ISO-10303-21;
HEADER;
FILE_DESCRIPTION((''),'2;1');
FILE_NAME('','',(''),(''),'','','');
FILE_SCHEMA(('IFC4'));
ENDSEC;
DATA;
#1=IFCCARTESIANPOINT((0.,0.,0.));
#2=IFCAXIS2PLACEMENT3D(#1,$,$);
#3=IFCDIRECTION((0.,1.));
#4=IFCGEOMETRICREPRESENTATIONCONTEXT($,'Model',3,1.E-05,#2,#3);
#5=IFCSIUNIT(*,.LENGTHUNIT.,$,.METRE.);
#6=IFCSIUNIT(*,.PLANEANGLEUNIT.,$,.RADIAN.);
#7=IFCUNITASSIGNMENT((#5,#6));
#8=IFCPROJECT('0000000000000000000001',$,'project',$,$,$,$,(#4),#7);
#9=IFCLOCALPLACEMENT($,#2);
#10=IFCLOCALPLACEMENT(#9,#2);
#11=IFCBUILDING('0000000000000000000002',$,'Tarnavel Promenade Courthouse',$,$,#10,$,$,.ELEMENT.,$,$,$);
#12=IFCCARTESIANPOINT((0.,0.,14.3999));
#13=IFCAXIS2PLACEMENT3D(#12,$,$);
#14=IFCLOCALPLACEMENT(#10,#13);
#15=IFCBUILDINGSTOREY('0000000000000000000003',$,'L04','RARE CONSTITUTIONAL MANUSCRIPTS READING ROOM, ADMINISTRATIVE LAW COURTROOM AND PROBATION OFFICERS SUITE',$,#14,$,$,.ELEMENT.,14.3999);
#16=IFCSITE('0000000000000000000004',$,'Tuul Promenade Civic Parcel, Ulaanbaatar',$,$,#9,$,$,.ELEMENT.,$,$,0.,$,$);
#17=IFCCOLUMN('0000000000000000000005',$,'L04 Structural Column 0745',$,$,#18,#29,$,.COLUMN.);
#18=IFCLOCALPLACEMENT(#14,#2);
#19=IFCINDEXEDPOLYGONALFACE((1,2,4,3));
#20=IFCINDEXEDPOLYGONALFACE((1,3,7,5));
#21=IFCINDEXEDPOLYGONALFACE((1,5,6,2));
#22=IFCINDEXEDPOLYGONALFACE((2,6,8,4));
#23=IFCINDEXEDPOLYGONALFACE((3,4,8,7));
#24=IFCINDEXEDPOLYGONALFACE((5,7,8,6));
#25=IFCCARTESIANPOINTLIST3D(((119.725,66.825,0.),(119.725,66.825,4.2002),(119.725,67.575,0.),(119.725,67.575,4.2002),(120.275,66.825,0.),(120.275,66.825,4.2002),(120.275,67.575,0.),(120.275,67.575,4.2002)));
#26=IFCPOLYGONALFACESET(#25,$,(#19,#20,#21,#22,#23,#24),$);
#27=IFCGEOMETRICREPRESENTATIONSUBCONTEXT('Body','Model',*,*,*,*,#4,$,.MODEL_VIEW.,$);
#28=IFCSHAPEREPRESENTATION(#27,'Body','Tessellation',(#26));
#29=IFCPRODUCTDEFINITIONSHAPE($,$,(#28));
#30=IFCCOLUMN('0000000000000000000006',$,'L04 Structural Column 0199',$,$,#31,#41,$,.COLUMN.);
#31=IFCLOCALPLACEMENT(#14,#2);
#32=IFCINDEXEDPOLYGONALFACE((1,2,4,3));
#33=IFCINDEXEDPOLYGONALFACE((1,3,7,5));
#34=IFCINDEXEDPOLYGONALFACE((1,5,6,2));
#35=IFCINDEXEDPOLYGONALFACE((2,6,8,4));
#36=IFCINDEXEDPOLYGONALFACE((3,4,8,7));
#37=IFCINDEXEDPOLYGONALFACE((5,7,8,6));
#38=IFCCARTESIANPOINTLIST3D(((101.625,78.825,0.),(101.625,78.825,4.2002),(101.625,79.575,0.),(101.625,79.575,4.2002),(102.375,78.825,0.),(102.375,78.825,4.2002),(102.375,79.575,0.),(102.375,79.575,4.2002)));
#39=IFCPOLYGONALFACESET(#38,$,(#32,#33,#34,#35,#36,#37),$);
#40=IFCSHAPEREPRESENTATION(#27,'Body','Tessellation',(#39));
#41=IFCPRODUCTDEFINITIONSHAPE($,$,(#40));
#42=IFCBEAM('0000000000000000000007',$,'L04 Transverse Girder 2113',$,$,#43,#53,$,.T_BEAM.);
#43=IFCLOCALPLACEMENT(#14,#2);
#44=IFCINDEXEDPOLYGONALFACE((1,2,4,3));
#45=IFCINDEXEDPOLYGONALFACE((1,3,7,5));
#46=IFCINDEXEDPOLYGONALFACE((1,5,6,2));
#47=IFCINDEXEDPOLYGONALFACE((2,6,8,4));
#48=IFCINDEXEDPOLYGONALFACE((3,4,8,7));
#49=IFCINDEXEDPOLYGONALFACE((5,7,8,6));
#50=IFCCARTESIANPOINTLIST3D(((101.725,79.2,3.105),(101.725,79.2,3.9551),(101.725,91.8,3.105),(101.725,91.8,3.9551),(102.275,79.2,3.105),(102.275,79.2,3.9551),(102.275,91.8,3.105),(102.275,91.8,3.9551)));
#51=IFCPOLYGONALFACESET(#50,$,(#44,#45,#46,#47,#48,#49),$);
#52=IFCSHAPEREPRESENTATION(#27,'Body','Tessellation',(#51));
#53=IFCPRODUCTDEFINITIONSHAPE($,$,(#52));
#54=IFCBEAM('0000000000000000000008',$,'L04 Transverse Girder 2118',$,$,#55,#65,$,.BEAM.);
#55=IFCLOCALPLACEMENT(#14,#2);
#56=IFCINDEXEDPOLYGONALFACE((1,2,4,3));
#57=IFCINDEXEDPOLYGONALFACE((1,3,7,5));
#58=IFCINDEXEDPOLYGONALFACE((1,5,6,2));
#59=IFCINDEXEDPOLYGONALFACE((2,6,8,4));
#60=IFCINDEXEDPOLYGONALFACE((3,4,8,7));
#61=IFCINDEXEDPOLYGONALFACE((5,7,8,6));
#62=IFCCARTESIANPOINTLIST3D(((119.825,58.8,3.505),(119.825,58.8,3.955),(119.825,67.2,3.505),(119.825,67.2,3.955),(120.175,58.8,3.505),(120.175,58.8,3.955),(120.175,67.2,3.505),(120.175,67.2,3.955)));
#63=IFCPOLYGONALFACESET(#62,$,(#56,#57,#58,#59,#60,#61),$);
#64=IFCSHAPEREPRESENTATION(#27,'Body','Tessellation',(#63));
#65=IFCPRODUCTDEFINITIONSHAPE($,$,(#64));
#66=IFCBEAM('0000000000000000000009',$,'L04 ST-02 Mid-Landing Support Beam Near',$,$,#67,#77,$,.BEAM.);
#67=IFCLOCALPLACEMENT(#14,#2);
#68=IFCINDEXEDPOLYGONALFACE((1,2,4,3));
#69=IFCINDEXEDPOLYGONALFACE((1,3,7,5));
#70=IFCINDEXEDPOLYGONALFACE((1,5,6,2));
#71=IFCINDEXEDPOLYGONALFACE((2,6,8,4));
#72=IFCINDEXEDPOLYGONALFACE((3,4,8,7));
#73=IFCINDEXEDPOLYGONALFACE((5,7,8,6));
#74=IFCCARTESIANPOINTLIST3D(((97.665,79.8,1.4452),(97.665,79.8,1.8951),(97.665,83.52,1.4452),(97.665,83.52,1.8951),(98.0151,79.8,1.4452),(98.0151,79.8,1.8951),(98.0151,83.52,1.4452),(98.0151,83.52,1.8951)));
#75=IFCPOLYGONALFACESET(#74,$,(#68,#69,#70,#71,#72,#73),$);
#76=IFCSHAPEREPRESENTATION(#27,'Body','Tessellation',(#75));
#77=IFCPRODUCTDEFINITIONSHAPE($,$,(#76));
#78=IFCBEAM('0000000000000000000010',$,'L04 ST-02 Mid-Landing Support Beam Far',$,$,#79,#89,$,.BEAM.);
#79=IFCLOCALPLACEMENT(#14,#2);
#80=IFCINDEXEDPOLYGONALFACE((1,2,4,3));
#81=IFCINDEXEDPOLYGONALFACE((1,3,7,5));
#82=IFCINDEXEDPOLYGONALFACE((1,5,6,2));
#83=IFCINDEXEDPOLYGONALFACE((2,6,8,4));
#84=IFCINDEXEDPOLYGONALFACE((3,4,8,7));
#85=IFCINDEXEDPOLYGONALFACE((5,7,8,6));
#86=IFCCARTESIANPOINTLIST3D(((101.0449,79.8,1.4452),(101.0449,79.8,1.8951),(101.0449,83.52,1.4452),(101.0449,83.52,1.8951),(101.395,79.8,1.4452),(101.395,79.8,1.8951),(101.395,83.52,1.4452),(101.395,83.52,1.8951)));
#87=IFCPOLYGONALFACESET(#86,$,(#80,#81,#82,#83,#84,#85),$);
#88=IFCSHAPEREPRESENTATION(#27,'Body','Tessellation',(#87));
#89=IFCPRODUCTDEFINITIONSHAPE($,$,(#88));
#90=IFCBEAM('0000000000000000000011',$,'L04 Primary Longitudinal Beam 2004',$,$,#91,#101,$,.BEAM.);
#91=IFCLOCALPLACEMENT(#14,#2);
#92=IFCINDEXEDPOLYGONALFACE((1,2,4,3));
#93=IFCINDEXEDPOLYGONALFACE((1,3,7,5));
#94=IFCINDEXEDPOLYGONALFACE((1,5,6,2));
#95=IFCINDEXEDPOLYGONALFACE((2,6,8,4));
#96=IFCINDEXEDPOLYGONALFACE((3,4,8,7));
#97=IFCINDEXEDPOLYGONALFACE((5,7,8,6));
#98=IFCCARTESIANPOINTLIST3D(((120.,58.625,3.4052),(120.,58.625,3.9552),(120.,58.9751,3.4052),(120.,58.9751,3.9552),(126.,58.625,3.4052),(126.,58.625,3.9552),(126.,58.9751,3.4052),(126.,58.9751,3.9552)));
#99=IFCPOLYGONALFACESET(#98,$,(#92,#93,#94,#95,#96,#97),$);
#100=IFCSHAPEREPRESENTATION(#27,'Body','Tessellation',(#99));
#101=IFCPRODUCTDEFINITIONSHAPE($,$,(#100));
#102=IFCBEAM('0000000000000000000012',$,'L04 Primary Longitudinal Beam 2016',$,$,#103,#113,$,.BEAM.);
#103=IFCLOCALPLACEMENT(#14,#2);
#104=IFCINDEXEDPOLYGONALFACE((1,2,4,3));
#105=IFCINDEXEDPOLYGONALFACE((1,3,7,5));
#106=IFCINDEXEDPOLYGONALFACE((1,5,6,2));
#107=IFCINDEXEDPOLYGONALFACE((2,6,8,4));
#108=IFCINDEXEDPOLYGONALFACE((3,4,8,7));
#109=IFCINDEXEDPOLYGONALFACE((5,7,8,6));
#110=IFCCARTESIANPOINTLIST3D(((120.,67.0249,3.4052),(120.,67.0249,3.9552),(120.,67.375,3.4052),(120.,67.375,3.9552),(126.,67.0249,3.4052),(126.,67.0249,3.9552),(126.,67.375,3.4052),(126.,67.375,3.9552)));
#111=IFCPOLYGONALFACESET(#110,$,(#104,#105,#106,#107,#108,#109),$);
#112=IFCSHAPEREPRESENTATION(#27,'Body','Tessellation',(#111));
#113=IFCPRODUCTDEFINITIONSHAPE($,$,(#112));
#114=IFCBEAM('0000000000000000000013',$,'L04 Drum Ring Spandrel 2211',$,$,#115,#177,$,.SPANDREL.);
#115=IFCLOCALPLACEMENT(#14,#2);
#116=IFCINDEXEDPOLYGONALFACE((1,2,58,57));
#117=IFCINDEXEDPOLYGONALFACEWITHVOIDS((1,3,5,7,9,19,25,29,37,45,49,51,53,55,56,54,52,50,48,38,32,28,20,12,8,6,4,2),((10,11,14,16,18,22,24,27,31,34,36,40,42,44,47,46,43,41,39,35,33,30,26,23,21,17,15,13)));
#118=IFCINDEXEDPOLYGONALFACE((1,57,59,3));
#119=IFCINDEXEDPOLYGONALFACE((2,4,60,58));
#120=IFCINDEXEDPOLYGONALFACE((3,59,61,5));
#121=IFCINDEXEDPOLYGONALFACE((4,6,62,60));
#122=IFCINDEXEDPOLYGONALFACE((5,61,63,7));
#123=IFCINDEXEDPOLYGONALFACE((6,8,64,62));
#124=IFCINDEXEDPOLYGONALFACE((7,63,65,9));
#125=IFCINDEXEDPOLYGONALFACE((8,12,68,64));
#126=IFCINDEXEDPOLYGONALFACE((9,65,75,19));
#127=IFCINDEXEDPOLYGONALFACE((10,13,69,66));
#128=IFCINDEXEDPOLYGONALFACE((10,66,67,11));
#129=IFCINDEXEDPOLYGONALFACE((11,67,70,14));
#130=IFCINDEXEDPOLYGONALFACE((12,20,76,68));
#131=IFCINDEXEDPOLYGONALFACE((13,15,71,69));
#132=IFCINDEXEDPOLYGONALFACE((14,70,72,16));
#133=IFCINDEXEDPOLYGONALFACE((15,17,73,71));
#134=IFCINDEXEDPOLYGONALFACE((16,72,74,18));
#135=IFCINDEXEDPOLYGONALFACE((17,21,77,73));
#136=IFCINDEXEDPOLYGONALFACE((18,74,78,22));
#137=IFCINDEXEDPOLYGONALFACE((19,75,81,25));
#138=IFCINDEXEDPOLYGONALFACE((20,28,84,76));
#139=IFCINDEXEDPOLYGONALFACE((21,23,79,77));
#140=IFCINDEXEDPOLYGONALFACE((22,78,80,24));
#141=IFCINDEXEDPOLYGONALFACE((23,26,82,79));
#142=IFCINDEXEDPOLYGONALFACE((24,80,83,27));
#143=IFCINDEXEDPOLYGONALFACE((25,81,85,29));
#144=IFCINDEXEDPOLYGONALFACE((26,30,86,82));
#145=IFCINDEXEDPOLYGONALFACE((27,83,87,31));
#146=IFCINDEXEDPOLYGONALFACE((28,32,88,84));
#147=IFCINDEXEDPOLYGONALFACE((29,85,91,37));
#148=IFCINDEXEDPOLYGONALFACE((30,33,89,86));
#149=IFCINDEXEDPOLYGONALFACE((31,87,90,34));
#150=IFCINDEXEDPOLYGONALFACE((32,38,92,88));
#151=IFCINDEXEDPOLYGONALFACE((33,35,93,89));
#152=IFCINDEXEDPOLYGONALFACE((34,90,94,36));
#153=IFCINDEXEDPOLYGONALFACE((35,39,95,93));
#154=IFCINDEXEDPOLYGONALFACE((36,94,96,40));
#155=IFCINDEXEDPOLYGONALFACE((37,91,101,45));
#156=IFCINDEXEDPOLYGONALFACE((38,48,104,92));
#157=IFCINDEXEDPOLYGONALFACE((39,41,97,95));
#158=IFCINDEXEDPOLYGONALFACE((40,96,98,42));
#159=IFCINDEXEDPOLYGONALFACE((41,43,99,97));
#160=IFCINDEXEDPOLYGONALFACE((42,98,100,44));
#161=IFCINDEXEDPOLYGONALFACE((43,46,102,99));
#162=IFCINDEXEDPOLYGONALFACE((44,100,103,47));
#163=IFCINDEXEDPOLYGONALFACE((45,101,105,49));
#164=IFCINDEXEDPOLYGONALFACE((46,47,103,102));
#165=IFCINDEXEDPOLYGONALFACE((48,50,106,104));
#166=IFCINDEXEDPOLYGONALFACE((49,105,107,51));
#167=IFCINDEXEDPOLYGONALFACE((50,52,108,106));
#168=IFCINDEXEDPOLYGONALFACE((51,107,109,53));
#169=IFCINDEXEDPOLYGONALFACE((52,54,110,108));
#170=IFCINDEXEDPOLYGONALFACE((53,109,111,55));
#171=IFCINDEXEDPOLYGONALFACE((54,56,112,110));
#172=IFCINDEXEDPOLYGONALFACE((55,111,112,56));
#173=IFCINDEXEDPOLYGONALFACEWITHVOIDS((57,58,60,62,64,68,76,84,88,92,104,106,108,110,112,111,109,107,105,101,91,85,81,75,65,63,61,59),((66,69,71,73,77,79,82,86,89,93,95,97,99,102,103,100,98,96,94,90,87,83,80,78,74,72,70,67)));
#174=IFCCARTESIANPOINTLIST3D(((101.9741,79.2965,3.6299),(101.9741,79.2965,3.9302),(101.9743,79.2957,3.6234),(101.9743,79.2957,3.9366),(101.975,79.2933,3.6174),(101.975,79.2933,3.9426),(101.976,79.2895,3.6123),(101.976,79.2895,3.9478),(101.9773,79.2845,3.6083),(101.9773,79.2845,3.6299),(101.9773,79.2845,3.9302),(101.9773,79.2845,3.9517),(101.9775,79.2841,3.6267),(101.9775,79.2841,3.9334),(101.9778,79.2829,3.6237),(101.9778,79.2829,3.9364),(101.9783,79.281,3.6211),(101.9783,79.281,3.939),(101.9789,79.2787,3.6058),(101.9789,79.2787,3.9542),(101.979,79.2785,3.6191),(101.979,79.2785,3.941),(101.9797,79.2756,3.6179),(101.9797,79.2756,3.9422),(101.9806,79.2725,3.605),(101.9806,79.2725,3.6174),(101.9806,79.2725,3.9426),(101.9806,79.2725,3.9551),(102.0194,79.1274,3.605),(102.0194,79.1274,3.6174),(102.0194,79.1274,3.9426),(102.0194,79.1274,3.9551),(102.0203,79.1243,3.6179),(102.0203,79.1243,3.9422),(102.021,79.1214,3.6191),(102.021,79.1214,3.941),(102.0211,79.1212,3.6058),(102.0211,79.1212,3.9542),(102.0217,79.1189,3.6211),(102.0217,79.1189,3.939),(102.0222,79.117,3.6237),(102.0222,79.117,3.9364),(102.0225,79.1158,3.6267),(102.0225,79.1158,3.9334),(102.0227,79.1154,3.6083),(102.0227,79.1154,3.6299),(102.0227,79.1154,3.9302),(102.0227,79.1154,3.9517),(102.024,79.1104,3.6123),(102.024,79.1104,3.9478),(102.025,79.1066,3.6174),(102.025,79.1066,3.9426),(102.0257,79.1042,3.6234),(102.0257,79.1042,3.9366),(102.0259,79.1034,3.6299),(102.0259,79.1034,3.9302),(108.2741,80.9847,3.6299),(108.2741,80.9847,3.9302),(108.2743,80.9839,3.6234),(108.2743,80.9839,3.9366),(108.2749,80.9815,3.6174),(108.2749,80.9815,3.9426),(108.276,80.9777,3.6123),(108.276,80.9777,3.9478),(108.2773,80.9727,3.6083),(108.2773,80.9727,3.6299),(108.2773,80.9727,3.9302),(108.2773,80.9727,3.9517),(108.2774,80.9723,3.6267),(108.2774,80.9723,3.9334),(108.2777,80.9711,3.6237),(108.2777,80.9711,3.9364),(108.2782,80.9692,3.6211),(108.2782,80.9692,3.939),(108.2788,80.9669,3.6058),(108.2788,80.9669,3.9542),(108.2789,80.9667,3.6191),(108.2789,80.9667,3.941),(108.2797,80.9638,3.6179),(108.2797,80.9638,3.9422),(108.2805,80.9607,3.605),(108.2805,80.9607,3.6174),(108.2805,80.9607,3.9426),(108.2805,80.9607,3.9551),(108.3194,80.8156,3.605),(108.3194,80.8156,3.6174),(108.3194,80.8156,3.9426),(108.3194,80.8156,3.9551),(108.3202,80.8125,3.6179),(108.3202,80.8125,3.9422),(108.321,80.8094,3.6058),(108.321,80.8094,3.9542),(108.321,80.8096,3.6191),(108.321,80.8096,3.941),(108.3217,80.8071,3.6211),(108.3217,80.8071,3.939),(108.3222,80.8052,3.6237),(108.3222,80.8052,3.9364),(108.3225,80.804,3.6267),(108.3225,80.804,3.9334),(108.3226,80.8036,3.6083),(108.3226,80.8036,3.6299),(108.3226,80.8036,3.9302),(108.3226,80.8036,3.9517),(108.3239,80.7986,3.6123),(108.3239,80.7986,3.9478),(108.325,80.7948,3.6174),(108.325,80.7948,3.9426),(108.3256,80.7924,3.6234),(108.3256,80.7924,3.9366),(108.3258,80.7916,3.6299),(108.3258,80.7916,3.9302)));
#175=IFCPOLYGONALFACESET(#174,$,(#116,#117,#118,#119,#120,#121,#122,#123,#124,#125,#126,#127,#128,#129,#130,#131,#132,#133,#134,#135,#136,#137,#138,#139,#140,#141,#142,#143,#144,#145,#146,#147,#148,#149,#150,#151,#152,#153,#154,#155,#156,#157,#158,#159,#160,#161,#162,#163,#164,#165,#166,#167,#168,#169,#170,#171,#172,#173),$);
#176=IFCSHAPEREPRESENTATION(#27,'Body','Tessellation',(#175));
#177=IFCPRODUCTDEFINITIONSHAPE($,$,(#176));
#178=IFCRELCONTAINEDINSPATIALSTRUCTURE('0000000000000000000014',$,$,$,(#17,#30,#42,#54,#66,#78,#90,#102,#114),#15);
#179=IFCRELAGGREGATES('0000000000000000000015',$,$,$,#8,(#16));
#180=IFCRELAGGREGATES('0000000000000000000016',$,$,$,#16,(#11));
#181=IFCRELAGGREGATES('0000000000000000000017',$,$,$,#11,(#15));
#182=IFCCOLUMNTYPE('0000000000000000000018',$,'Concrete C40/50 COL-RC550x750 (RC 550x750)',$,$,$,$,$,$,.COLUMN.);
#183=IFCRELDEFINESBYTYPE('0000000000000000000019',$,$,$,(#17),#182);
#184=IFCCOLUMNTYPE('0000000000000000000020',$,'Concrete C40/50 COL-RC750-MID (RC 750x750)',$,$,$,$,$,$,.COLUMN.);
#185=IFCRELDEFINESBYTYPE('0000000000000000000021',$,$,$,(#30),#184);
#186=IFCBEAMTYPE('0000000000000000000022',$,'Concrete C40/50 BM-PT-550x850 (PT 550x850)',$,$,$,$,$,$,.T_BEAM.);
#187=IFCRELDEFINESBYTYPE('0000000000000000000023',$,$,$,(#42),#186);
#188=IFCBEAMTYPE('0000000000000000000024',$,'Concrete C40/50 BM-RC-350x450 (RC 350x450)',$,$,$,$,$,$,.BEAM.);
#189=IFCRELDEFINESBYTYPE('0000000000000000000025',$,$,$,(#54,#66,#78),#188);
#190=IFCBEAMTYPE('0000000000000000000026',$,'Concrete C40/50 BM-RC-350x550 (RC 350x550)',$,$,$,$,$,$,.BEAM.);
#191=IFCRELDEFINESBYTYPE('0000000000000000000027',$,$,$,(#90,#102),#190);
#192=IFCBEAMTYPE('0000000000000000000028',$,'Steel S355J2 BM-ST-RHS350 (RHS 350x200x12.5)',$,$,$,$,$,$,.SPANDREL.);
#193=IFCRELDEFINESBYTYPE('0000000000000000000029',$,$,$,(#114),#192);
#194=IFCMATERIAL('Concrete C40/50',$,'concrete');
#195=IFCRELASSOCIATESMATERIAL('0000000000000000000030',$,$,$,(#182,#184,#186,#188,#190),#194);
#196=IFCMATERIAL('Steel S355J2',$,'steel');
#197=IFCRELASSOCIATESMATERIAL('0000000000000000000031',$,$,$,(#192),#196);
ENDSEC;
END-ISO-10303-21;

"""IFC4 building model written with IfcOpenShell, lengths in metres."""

from ifc_helpers import new_model, si_unit, direction, frame, origin, origin_2d, place, context, subcontext, project, spatial, rectangle, hollow_rectangle, extrude, material, material_profile, profile_set, type_object, element, save


model = new_model("IFC4")

# Units and contexts
model_context = context("Model", 3, precision=1e-05, world=origin(), true_north=direction((0.0, 1.0)))
body_context = subcontext(model_context, "Body", "Model", "MODEL_VIEW")
ifc_project = project(units=[si_unit("LENGTHUNIT", "METRE"), si_unit("PLANEANGLEUNIT", "RADIAN")], contexts=[model_context])

# Site, building, storey
site_placement = place(None, origin())
site = spatial("IfcSite", under=ifc_project, at=site_placement, Name="Tuul Promenade Civic Parcel, Ulaanbaatar", CompositionType="ELEMENT", RefElevation=0.0)
building_placement = place(site_placement, origin())
building = spatial("IfcBuilding", under=site, at=building_placement, Name="Tarnavel Promenade Courthouse", CompositionType="ELEMENT")
storey_placement = place(building_placement, frame((0.0, 0.0, 14.3999)))
storey = spatial("IfcBuildingStorey", under=building, at=storey_placement, Name="L04", Description="RARE CONSTITUTIONAL MANUSCRIPTS READING ROOM, ADMINISTRATIVE LAW COURTROOM AND PROBATION OFFICERS SUITE", CompositionType="ELEMENT", Elevation=14.3999)

# Columns
ifc_material_1 = material(Name="Concrete C40/50", Category="concrete")
ifc_material_profile_1 = material_profile(ifc_material_1, rectangle(XDim=0.55, YDim=0.75, at=origin_2d()), Name="RC 550x750")
ifc_profile_set_1 = profile_set([ifc_material_profile_1], Name="Concrete C40/50")
column_type_1 = type_object("IfcColumnType", Name="Concrete C40/50 COL-RC550x750 (RC 550x750)", PredefinedType="COLUMN", material=ifc_profile_set_1)
column_1_placement = place(storey_placement, frame((120.0, 67.2, 0.0), z_axis=(0.0, 0.0, 1.0), x_axis=(1.0, 0.0, 0.0)))
element("IfcColumn", 1, at=column_1_placement, inside=storey, type_object=column_type_1, Name="L04 Structural Column 0745", PredefinedType="COLUMN", context=body_context, shape_type="SweptSolid", body=[
    extrude(rectangle(XDim=0.55, YDim=0.75, at=origin_2d()), origin(), (0.0, 0.0, 1.0), 4.2002),
])
ifc_material_profile_2 = material_profile(ifc_material_1, rectangle(XDim=0.75, YDim=0.75, at=origin_2d()), Name="RC 750x750")
ifc_profile_set_2 = profile_set([ifc_material_profile_2], Name="Concrete C40/50")
column_type_2 = type_object("IfcColumnType", Name="Concrete C40/50 COL-RC750-MID (RC 750x750)", PredefinedType="COLUMN", material=ifc_profile_set_2)
column_2_placement = place(storey_placement, frame((102.0, 79.2, 0.0), z_axis=(0.0, 0.0, 1.0), x_axis=(1.0, 0.0, 0.0)))
element("IfcColumn", 2, at=column_2_placement, inside=storey, type_object=column_type_2, Name="L04 Structural Column 0199", PredefinedType="COLUMN", context=body_context, shape_type="SweptSolid", body=[
    extrude(rectangle(XDim=0.75, YDim=0.75, at=origin_2d()), origin(), (0.0, 0.0, 1.0), 4.2002),
])

# Beams
ifc_material_profile_3 = material_profile(ifc_material_1, rectangle(XDim=0.55, YDim=0.8501, at=origin_2d()), Name="PT 550x850")
ifc_profile_set_3 = profile_set([ifc_material_profile_3], Name="Concrete C40/50")
beam_type_1 = type_object("IfcBeamType", Name="Concrete C40/50 BM-PT-550x850 (PT 550x850)", PredefinedType="T_BEAM", material=ifc_profile_set_3)
beam_1_placement = place(storey_placement, frame((102.0, 79.2, 3.53), z_axis=(0.0, 1.0, 0.0), x_axis=(-1.0, 0.0, 0.0)))
element("IfcBeam", 3, at=beam_1_placement, inside=storey, type_object=beam_type_1, Name="L04 Transverse Girder 2113", PredefinedType="T_BEAM", context=body_context, shape_type="SweptSolid", body=[
    extrude(rectangle(XDim=0.55, YDim=0.8501, at=origin_2d()), origin(), (0.0, 0.0, 1.0), 12.6001),
])
ifc_material_profile_4 = material_profile(ifc_material_1, rectangle(XDim=0.3501, YDim=0.45, at=origin_2d()), Name="RC 350x450")
ifc_profile_set_4 = profile_set([ifc_material_profile_4], Name="Concrete C40/50")
beam_type_2 = type_object("IfcBeamType", Name="Concrete C40/50 BM-RC-350x450 (RC 350x450)", PredefinedType="BEAM", material=ifc_profile_set_4)
beam_2_placement = place(storey_placement, frame((120.0, 58.8, 3.73), z_axis=(0.0, 1.0, 0.0), x_axis=(-1.0, 0.0, 0.0)))
element("IfcBeam", 4, at=beam_2_placement, inside=storey, type_object=beam_type_2, Name="L04 Transverse Girder 2118", PredefinedType="BEAM", context=body_context, shape_type="SweptSolid", body=[
    extrude(rectangle(XDim=0.3501, YDim=0.45, at=origin_2d()), origin(), (0.0, 0.0, 1.0), 8.3999),
])
for number, where, z_axis, x_axis, name in (
    (5, (97.8401, 79.8, 1.6702), (0.0, 1.0, 0.0), (-1.0, 0.0, 0.0), "L04 ST-02 Mid-Landing Support Beam Near"),
    (6, (101.22, 79.8, 1.6702), (0.0, 1.0, 0.0), (-1.0, 0.0, 0.0), "L04 ST-02 Mid-Landing Support Beam Far"),
):
    element("IfcBeam", number, at=place(storey_placement, frame(where, z_axis=z_axis, x_axis=x_axis)), inside=storey, type_object=beam_type_2, Name=name, PredefinedType="BEAM", context=body_context, shape_type="SweptSolid", body=[
        extrude(rectangle(XDim=0.3501, YDim=0.45, at=origin_2d()), origin(), (0.0, 0.0, 1.0), 3.72),
    ])
ifc_material_profile_5 = material_profile(ifc_material_1, rectangle(XDim=0.3501, YDim=0.55, at=origin_2d()), Name="RC 350x550")
ifc_profile_set_5 = profile_set([ifc_material_profile_5], Name="Concrete C40/50")
beam_type_3 = type_object("IfcBeamType", Name="Concrete C40/50 BM-RC-350x550 (RC 350x550)", PredefinedType="BEAM", material=ifc_profile_set_5)
for number, where, z_axis, x_axis, name in (
    (7, (120.0, 58.8, 3.6802), (1.0, 0.0, 0.0), (0.0, 1.0, 0.0), "L04 Primary Longitudinal Beam 2004"),
    (8, (120.0, 67.2, 3.6802), (1.0, 0.0, 0.0), (0.0, 1.0, 0.0), "L04 Primary Longitudinal Beam 2016"),
):
    element("IfcBeam", number, at=place(storey_placement, frame(where, z_axis=z_axis, x_axis=x_axis)), inside=storey, type_object=beam_type_3, Name=name, PredefinedType="BEAM", context=body_context, shape_type="SweptSolid", body=[
        extrude(rectangle(XDim=0.3501, YDim=0.55, at=origin_2d()), origin(), (0.0, 0.0, 1.0), 6.0),
    ])
ifc_material_2 = material(Name="Steel S355J2", Category="steel")
ifc_material_profile_6 = material_profile(ifc_material_2, hollow_rectangle(XDim=0.2, YDim=0.3501, WallThickness=0.0125, InnerFilletRadius=0.0125, OuterFilletRadius=0.0249, at=origin_2d()), Name="RHS 350x200x12.5")
ifc_profile_set_6 = profile_set([ifc_material_profile_6], Name="Steel S355J2")
beam_type_4 = type_object("IfcBeamType", Name="Steel S355J2 BM-ST-RHS350 (RHS 350x200x12.5)", PredefinedType="SPANDREL", material=ifc_profile_set_6)
beam_3_placement = place(storey_placement, frame((102.0, 79.2, 3.78), z_axis=(0.96592, 0.258839, 0.0), x_axis=(-0.258839, 0.96592, 0.0)))
element("IfcBeam", 9, at=beam_3_placement, inside=storey, type_object=beam_type_4, Name="L04 Drum Ring Spandrel 2211", PredefinedType="SPANDREL", context=body_context, shape_type="SweptSolid", body=[
    extrude(hollow_rectangle(XDim=0.2, YDim=0.3501, WallThickness=0.0125, InnerFilletRadius=0.0125, OuterFilletRadius=0.0249, at=origin_2d()), origin(), (0.0, 0.0, 1.0), 6.5222),
])

save(model, "model.ifc")
